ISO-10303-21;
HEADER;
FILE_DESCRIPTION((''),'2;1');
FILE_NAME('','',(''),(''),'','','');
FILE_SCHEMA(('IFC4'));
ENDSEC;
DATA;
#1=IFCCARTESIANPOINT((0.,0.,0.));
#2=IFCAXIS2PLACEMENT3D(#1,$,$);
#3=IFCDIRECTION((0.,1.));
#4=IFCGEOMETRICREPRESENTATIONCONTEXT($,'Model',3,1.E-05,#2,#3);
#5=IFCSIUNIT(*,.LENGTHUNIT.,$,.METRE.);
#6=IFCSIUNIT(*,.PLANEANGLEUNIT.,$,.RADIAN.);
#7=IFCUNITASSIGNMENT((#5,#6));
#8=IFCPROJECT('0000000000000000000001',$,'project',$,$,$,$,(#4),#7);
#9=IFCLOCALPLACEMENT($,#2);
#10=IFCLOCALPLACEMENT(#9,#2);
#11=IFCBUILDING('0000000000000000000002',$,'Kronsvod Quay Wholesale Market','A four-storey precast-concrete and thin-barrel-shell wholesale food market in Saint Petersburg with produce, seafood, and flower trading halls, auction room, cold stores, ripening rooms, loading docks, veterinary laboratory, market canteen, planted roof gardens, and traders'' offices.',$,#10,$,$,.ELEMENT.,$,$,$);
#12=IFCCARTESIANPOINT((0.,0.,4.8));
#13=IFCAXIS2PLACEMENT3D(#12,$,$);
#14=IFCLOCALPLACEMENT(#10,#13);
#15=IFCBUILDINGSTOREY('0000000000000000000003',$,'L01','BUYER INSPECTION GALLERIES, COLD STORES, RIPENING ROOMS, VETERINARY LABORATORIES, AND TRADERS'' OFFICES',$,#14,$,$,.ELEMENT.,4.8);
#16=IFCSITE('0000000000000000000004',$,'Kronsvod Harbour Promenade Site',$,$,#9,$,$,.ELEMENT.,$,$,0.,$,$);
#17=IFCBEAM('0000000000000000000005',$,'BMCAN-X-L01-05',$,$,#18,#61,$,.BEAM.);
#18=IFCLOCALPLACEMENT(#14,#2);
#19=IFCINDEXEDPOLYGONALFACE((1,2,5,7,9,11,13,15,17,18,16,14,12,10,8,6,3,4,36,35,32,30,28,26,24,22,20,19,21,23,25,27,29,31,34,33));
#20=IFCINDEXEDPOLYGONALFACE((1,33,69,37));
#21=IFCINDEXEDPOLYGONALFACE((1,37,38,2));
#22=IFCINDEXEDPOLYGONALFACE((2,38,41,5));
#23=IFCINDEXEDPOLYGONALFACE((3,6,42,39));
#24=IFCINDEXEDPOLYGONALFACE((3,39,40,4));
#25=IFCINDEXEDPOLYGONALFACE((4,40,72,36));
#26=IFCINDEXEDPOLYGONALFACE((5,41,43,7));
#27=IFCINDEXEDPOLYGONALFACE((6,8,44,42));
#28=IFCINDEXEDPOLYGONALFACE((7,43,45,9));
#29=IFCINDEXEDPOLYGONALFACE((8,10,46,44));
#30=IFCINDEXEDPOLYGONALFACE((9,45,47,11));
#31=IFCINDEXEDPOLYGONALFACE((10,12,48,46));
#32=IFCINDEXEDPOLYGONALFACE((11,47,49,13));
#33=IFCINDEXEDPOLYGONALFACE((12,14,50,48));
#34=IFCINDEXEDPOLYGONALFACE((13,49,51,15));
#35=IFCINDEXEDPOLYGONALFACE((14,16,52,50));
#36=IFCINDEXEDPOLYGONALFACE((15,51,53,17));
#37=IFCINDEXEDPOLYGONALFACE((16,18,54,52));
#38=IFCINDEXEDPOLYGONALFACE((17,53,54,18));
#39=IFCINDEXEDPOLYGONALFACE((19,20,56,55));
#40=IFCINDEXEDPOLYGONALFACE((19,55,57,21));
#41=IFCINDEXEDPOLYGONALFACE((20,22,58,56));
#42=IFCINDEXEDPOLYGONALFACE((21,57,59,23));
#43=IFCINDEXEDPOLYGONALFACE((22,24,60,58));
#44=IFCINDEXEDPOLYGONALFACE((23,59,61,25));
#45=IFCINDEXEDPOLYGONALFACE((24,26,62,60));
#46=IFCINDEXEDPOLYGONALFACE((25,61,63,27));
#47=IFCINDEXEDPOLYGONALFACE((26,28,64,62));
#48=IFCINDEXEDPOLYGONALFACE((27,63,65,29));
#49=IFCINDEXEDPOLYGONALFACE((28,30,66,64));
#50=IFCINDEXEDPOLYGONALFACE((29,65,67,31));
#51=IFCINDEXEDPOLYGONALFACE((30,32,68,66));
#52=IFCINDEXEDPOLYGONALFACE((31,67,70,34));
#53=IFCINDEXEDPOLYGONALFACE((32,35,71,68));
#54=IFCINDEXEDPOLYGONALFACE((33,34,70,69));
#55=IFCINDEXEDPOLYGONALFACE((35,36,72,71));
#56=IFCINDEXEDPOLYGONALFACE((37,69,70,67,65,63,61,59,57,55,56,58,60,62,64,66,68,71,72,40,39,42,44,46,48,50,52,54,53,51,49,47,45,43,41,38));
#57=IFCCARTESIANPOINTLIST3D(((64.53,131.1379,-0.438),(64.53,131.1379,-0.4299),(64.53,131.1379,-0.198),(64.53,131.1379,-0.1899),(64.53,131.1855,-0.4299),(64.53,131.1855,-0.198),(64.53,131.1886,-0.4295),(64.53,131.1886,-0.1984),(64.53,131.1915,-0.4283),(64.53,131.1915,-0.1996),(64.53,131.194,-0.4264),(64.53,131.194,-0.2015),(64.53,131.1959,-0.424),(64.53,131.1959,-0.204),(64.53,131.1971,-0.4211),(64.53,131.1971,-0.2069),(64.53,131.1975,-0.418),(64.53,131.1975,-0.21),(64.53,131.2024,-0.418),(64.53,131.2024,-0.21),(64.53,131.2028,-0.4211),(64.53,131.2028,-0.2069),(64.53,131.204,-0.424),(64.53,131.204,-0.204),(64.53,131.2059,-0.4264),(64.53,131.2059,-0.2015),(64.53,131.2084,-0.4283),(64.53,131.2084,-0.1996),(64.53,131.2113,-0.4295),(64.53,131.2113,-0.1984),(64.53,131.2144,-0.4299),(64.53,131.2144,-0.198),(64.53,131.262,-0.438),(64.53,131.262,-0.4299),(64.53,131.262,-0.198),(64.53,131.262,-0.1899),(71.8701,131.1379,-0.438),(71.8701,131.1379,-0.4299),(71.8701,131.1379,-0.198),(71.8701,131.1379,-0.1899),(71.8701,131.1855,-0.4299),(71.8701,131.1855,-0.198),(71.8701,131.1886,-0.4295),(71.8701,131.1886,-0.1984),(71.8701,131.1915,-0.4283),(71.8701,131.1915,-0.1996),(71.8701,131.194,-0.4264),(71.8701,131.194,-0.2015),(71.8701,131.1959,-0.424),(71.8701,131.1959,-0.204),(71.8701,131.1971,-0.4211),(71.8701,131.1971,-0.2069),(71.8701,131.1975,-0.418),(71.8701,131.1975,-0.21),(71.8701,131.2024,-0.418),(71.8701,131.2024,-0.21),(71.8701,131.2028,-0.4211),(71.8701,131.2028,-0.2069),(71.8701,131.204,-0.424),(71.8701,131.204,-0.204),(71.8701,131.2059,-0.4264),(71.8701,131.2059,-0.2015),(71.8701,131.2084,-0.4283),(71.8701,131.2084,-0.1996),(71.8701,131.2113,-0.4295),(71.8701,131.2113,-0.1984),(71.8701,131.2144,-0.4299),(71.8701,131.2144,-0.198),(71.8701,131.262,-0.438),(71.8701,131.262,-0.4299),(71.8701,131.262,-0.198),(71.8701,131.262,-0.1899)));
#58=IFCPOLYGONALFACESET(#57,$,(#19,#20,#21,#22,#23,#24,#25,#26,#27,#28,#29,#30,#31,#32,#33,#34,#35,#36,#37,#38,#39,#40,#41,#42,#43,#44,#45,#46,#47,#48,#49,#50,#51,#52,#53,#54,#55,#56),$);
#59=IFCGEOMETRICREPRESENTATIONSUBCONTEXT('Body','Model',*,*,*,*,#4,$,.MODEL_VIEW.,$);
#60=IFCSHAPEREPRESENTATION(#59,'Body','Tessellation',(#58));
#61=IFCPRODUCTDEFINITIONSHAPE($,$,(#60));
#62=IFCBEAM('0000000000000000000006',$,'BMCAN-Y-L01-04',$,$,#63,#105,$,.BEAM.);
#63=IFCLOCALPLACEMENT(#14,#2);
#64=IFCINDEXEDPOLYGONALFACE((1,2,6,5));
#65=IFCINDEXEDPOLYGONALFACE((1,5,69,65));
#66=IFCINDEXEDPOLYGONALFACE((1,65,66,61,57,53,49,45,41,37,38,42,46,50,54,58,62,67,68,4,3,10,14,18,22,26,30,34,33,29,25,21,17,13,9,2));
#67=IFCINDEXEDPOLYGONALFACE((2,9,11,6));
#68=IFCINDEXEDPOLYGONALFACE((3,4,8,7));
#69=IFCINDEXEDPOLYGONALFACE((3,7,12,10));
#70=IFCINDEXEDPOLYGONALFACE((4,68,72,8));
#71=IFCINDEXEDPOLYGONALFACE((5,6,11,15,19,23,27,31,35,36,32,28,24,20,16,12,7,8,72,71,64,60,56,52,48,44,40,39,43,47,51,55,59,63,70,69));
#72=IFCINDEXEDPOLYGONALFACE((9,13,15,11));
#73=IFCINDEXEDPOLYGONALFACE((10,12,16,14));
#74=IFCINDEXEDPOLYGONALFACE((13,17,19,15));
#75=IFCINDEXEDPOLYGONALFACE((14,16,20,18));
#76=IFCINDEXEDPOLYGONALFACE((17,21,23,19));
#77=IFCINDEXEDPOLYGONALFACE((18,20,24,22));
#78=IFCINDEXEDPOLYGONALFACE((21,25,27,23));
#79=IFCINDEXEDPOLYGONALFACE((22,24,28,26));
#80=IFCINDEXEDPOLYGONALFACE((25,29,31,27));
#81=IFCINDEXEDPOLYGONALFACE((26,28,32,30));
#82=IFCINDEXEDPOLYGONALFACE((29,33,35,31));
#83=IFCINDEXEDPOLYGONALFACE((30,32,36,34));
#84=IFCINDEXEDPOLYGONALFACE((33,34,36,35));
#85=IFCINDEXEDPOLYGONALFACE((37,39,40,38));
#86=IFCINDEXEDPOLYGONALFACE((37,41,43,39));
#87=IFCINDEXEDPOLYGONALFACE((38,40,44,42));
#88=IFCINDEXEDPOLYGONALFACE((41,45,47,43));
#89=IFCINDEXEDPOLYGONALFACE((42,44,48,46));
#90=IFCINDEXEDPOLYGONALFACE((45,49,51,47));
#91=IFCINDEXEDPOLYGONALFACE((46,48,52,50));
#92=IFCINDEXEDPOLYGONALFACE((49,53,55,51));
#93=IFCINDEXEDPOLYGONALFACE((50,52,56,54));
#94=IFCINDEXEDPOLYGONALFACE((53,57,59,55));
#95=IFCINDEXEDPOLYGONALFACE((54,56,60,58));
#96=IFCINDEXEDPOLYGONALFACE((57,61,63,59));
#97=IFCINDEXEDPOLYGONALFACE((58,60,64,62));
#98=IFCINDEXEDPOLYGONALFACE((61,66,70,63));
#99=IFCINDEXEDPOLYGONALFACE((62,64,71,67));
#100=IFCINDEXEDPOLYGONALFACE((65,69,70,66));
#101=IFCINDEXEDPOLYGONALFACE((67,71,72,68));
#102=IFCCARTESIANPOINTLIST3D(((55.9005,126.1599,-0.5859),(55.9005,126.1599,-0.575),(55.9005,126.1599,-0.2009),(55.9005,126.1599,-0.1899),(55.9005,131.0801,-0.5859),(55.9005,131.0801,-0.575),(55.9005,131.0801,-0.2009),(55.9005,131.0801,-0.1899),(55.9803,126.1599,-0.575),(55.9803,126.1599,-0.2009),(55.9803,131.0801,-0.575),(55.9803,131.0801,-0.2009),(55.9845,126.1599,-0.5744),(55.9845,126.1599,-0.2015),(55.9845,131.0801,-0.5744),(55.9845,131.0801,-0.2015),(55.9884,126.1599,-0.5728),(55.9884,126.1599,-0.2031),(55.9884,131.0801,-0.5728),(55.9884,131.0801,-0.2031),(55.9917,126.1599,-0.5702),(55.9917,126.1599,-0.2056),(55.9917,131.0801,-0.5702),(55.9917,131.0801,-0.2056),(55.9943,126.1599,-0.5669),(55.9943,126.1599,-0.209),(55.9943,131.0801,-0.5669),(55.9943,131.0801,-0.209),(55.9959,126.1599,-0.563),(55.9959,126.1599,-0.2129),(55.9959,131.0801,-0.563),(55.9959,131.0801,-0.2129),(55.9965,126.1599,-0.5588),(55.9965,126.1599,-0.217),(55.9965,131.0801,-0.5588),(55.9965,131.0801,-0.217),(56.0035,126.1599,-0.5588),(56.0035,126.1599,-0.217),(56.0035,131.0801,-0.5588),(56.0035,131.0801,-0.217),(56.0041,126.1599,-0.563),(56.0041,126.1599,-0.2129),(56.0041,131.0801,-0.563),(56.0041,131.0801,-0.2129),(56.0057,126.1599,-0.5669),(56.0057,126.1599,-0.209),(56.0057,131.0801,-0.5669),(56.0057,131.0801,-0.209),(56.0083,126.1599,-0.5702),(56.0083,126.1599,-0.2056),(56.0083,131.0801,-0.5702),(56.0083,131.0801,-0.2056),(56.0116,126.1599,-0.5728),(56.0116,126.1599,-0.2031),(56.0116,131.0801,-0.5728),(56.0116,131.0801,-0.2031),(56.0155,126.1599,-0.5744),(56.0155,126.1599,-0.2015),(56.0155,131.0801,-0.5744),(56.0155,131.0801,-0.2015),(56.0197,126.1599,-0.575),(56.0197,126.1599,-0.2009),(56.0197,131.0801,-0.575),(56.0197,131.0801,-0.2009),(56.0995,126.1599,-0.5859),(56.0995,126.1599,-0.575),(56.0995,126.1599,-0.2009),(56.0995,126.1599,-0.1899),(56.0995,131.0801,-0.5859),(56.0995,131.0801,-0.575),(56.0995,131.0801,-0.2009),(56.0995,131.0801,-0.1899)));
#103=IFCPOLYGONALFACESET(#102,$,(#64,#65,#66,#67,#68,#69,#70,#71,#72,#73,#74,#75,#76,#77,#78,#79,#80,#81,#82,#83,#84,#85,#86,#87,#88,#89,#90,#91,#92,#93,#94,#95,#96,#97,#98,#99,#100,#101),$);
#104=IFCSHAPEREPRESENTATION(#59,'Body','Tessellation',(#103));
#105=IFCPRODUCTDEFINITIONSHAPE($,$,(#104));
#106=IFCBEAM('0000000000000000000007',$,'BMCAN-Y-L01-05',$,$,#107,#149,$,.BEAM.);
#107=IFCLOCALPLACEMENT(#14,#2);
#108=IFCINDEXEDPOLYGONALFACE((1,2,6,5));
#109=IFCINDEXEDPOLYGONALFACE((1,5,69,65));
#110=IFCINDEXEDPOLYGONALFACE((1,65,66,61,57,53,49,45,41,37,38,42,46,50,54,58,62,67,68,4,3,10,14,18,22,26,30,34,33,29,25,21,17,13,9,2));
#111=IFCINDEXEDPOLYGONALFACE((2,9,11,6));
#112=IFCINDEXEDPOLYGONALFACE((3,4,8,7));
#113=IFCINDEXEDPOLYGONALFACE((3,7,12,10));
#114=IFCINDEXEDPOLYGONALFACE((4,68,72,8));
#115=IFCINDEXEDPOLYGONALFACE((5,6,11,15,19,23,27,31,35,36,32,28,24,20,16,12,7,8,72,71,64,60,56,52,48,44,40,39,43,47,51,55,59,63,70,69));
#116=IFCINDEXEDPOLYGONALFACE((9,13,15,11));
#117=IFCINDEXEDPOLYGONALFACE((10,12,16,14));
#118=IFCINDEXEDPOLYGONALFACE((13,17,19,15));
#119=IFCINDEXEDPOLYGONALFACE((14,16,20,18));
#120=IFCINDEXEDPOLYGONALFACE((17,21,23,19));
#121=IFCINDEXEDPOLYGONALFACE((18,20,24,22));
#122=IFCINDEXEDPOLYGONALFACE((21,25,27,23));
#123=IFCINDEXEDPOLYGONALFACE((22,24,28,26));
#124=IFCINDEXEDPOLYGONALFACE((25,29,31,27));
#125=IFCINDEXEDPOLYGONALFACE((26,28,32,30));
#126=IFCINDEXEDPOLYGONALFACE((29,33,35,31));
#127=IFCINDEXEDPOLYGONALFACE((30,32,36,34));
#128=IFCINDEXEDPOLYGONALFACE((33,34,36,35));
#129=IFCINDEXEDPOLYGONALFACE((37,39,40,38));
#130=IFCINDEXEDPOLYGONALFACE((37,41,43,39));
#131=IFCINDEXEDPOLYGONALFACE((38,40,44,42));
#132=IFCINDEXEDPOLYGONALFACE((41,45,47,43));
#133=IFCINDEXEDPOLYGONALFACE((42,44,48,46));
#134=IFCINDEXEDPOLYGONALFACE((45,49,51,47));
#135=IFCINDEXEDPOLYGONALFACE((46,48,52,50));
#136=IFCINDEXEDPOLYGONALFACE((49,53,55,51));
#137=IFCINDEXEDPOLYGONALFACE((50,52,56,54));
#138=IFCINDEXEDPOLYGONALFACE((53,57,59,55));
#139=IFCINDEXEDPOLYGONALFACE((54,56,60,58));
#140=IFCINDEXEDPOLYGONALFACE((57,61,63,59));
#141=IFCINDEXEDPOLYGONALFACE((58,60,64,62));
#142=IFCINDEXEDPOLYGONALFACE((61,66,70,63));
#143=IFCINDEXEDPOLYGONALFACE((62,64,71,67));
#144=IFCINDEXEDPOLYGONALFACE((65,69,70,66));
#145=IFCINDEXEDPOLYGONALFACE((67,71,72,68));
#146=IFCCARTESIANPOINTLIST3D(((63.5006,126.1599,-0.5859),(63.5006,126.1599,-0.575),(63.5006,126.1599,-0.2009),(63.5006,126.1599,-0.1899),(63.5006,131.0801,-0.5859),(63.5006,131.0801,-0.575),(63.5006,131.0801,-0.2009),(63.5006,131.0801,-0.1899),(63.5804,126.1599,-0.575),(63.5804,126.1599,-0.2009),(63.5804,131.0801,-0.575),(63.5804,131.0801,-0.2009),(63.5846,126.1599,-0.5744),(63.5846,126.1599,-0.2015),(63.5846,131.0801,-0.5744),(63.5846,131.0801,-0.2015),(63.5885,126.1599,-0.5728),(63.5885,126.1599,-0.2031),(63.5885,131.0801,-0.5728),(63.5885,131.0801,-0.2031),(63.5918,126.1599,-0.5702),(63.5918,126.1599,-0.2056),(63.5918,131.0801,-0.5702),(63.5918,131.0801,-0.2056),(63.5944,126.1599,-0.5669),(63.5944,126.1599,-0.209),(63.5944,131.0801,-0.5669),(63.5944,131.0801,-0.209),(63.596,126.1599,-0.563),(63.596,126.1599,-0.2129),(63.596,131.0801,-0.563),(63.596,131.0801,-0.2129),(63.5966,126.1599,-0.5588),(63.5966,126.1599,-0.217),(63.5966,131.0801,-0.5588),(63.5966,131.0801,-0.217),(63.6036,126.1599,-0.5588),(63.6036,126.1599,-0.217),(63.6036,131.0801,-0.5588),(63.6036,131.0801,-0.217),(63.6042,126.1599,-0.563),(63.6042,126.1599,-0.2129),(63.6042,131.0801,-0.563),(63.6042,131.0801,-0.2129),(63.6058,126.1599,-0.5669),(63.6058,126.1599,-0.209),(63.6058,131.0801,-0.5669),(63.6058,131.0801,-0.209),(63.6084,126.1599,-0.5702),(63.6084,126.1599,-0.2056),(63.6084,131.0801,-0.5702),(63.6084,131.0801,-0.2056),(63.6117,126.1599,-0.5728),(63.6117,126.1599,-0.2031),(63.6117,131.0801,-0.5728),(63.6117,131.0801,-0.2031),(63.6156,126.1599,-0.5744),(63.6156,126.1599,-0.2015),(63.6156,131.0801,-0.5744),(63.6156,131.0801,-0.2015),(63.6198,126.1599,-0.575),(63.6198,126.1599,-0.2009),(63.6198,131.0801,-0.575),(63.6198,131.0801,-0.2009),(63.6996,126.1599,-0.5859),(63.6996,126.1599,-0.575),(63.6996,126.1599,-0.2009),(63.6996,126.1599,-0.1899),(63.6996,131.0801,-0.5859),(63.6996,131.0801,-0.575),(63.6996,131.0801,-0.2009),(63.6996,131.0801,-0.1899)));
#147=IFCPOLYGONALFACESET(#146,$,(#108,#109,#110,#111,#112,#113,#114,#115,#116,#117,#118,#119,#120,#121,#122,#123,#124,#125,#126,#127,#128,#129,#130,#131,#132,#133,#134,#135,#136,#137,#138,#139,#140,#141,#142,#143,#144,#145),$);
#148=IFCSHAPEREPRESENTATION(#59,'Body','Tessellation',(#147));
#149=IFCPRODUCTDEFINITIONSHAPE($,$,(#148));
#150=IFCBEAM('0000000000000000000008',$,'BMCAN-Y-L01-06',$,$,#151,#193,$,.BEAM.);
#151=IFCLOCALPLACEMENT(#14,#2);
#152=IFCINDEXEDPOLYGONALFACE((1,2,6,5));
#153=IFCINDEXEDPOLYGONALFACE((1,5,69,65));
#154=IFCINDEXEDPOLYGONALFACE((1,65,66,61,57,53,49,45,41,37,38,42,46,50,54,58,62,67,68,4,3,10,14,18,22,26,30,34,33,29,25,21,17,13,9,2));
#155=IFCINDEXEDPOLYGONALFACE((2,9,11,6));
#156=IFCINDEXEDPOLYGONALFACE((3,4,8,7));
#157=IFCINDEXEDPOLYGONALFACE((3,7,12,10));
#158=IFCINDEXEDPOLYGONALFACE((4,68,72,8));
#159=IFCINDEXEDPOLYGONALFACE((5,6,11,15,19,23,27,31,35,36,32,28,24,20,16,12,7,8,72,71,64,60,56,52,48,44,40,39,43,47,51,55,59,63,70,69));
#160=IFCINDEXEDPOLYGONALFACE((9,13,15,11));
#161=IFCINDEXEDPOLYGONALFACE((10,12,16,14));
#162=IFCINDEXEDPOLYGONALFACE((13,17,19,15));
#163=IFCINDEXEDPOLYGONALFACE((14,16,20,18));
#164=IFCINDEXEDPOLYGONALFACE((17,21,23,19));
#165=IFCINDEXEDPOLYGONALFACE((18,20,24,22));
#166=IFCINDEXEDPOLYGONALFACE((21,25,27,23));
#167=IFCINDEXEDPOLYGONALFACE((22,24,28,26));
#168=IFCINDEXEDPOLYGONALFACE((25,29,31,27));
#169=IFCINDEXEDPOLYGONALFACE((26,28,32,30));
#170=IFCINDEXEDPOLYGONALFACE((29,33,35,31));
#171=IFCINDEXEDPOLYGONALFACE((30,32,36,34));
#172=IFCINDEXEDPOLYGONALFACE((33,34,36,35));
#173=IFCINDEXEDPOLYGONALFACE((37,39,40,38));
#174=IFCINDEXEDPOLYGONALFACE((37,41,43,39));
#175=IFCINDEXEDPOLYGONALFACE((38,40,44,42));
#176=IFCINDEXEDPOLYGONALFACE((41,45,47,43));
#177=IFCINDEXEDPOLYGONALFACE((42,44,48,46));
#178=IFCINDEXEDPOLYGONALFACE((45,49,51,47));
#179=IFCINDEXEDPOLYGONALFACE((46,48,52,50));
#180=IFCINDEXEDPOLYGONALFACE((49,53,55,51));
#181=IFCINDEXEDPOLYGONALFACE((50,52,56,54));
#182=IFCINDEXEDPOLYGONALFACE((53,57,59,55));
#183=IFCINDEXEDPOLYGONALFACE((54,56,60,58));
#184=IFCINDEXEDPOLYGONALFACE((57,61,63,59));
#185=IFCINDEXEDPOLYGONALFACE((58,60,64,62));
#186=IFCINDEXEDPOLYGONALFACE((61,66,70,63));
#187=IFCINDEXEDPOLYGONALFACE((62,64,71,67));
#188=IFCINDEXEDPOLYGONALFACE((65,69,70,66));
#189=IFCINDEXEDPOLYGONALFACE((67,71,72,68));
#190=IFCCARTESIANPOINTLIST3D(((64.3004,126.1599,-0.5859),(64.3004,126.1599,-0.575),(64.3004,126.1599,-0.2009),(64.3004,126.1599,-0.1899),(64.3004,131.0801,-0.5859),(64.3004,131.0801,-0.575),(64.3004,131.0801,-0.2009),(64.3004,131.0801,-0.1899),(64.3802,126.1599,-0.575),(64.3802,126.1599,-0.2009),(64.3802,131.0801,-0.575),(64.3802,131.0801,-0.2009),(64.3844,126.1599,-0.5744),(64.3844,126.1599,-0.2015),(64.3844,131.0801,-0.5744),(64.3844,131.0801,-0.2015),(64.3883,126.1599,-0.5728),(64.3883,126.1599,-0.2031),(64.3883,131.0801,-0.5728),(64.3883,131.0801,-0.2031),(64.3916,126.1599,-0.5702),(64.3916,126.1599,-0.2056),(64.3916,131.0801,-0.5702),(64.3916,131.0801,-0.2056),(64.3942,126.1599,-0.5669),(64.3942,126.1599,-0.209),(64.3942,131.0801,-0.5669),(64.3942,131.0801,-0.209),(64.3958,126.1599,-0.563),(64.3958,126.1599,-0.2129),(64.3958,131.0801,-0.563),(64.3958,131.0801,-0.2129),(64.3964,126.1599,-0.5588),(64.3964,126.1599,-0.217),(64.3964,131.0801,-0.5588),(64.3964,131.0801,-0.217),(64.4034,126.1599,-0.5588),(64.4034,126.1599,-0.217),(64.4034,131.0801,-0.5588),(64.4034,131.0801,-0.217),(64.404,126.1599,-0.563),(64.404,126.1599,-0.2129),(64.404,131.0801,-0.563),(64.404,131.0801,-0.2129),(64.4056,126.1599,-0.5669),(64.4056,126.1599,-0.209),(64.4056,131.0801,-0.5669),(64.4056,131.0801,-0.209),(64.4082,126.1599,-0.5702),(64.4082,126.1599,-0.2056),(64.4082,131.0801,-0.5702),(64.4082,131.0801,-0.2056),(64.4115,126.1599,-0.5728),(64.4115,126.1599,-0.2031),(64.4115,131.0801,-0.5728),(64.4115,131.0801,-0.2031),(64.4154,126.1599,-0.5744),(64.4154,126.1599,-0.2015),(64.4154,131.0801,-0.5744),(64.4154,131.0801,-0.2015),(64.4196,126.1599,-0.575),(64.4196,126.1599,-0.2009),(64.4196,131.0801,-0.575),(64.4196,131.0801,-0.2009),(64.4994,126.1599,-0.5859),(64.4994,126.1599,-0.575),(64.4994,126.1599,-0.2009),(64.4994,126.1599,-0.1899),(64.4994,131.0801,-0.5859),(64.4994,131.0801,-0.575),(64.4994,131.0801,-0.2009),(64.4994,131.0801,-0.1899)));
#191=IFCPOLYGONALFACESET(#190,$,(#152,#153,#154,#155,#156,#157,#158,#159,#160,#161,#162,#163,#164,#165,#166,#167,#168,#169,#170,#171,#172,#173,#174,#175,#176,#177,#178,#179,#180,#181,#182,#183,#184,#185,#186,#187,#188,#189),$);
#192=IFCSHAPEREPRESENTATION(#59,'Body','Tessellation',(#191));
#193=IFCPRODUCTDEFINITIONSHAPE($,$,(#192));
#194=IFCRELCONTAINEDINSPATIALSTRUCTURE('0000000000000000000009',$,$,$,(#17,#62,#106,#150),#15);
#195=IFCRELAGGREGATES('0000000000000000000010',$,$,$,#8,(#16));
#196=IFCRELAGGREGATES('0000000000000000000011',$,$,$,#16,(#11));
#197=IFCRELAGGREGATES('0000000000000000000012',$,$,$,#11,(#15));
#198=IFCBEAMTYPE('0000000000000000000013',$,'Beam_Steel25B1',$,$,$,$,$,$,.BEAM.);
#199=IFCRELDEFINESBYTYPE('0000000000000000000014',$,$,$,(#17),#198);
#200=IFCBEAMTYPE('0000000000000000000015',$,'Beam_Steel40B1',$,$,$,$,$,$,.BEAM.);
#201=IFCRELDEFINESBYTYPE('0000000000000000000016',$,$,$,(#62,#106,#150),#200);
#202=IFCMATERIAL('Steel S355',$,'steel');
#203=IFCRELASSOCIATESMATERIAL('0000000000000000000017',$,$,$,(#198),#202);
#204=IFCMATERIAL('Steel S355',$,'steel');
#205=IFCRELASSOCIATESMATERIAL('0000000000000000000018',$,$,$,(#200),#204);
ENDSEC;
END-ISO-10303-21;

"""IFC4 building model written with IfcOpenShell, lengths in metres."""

from ifc_helpers import new_model, si_unit, direction, frame, origin, origin_2d, place, context, subcontext, project, spatial, i_section, extrude, material, material_profile, profile_set, type_object, element, save


model = new_model("IFC4")

# Units and contexts
model_context = context("Model", 3, precision=1e-05, world=origin(), true_north=direction((0.0, 1.0)))
body_context = subcontext(model_context, "Body", "Model", "MODEL_VIEW")
ifc_project = project(units=[si_unit("LENGTHUNIT", "METRE"), si_unit("PLANEANGLEUNIT", "RADIAN")], contexts=[model_context])

# Site, building, storey
site_placement = place(None, origin())
site = spatial("IfcSite", under=ifc_project, at=site_placement, Name="Kronsvod Harbour Promenade Site", CompositionType="ELEMENT", RefElevation=0.0)
building_placement = place(site_placement, origin())
building = spatial("IfcBuilding", under=site, at=building_placement, Name="Kronsvod Quay Wholesale Market", Description="A four-storey precast-concrete and thin-barrel-shell wholesale food market in Saint Petersburg with produce, seafood, and flower trading halls, auction room, cold stores, ripening rooms, loading docks, veterinary laboratory, market canteen, planted roof gardens, and traders' offices.", CompositionType="ELEMENT")
storey_placement = place(building_placement, frame((0.0, 0.0, 4.8)))
storey = spatial("IfcBuildingStorey", under=building, at=storey_placement, Name="L01", Description="BUYER INSPECTION GALLERIES, COLD STORES, RIPENING ROOMS, VETERINARY LABORATORIES, AND TRADERS' OFFICES", CompositionType="ELEMENT", Elevation=4.8)

# Beams
ifc_material_1 = material(Name="Steel S355", Category="steel")
ifc_material_profile_1 = material_profile(ifc_material_1, i_section(OverallWidth=0.124, OverallDepth=0.248, WebThickness=0.0049, FlangeThickness=0.0081, FilletRadius=0.012, at=origin_2d()), Name="25B1")
ifc_profile_set_1 = profile_set([ifc_material_profile_1], Name="Steel S355")
beam_type_1 = type_object("IfcBeamType", Name="Beam_Steel25B1", PredefinedType="BEAM", material=ifc_profile_set_1)
beam_1_placement = place(storey_placement, frame((64.53, 131.2, -0.314), z_axis=(1.0, 0.0, 0.0), x_axis=(0.0, 1.0, 0.0)))
element("IfcBeam", 1, at=beam_1_placement, inside=storey, type_object=beam_type_1, Name="BMCAN-X-L01-05", PredefinedType="BEAM", context=body_context, shape_type="SweptSolid", body=[
    extrude(i_section(OverallWidth=0.124, OverallDepth=0.248, WebThickness=0.0049, FlangeThickness=0.0081, FilletRadius=0.012, at=origin_2d()), origin(), (0.0, 0.0, 1.0), 7.3401),
])
ifc_material_2 = material(Name="Steel S355", Category="steel")
ifc_material_profile_2 = material_profile(ifc_material_2, i_section(OverallWidth=0.199, OverallDepth=0.396, WebThickness=0.0071, FlangeThickness=0.011, FilletRadius=0.0161, at=origin_2d()), Name="40B1")
ifc_profile_set_2 = profile_set([ifc_material_profile_2], Name="Steel S355")
beam_type_2 = type_object("IfcBeamType", Name="Beam_Steel40B1", PredefinedType="BEAM", material=ifc_profile_set_2)
for number, where, z_axis, x_axis, name in (
    (2, (56.0, 126.1599, -0.3879), (0.0, 1.0, 0.0), (-1.0, 0.0, 0.0), "BMCAN-Y-L01-04"),
    (3, (63.6001, 126.1599, -0.3879), (0.0, 1.0, 0.0), (-1.0, 0.0, 0.0), "BMCAN-Y-L01-05"),
    (4, (64.3999, 126.1599, -0.3879), (0.0, 1.0, 0.0), (-1.0, 0.0, 0.0), "BMCAN-Y-L01-06"),
):
    element("IfcBeam", number, at=place(storey_placement, frame(where, z_axis=z_axis, x_axis=x_axis)), inside=storey, type_object=beam_type_2, Name=name, PredefinedType="BEAM", context=body_context, shape_type="SweptSolid", body=[
        extrude(i_section(OverallWidth=0.199, OverallDepth=0.396, WebThickness=0.0071, FlangeThickness=0.011, FilletRadius=0.0161, at=origin_2d()), origin(), (0.0, 0.0, 1.0), 4.9202),
    ])

save(model, "model.ifc")
